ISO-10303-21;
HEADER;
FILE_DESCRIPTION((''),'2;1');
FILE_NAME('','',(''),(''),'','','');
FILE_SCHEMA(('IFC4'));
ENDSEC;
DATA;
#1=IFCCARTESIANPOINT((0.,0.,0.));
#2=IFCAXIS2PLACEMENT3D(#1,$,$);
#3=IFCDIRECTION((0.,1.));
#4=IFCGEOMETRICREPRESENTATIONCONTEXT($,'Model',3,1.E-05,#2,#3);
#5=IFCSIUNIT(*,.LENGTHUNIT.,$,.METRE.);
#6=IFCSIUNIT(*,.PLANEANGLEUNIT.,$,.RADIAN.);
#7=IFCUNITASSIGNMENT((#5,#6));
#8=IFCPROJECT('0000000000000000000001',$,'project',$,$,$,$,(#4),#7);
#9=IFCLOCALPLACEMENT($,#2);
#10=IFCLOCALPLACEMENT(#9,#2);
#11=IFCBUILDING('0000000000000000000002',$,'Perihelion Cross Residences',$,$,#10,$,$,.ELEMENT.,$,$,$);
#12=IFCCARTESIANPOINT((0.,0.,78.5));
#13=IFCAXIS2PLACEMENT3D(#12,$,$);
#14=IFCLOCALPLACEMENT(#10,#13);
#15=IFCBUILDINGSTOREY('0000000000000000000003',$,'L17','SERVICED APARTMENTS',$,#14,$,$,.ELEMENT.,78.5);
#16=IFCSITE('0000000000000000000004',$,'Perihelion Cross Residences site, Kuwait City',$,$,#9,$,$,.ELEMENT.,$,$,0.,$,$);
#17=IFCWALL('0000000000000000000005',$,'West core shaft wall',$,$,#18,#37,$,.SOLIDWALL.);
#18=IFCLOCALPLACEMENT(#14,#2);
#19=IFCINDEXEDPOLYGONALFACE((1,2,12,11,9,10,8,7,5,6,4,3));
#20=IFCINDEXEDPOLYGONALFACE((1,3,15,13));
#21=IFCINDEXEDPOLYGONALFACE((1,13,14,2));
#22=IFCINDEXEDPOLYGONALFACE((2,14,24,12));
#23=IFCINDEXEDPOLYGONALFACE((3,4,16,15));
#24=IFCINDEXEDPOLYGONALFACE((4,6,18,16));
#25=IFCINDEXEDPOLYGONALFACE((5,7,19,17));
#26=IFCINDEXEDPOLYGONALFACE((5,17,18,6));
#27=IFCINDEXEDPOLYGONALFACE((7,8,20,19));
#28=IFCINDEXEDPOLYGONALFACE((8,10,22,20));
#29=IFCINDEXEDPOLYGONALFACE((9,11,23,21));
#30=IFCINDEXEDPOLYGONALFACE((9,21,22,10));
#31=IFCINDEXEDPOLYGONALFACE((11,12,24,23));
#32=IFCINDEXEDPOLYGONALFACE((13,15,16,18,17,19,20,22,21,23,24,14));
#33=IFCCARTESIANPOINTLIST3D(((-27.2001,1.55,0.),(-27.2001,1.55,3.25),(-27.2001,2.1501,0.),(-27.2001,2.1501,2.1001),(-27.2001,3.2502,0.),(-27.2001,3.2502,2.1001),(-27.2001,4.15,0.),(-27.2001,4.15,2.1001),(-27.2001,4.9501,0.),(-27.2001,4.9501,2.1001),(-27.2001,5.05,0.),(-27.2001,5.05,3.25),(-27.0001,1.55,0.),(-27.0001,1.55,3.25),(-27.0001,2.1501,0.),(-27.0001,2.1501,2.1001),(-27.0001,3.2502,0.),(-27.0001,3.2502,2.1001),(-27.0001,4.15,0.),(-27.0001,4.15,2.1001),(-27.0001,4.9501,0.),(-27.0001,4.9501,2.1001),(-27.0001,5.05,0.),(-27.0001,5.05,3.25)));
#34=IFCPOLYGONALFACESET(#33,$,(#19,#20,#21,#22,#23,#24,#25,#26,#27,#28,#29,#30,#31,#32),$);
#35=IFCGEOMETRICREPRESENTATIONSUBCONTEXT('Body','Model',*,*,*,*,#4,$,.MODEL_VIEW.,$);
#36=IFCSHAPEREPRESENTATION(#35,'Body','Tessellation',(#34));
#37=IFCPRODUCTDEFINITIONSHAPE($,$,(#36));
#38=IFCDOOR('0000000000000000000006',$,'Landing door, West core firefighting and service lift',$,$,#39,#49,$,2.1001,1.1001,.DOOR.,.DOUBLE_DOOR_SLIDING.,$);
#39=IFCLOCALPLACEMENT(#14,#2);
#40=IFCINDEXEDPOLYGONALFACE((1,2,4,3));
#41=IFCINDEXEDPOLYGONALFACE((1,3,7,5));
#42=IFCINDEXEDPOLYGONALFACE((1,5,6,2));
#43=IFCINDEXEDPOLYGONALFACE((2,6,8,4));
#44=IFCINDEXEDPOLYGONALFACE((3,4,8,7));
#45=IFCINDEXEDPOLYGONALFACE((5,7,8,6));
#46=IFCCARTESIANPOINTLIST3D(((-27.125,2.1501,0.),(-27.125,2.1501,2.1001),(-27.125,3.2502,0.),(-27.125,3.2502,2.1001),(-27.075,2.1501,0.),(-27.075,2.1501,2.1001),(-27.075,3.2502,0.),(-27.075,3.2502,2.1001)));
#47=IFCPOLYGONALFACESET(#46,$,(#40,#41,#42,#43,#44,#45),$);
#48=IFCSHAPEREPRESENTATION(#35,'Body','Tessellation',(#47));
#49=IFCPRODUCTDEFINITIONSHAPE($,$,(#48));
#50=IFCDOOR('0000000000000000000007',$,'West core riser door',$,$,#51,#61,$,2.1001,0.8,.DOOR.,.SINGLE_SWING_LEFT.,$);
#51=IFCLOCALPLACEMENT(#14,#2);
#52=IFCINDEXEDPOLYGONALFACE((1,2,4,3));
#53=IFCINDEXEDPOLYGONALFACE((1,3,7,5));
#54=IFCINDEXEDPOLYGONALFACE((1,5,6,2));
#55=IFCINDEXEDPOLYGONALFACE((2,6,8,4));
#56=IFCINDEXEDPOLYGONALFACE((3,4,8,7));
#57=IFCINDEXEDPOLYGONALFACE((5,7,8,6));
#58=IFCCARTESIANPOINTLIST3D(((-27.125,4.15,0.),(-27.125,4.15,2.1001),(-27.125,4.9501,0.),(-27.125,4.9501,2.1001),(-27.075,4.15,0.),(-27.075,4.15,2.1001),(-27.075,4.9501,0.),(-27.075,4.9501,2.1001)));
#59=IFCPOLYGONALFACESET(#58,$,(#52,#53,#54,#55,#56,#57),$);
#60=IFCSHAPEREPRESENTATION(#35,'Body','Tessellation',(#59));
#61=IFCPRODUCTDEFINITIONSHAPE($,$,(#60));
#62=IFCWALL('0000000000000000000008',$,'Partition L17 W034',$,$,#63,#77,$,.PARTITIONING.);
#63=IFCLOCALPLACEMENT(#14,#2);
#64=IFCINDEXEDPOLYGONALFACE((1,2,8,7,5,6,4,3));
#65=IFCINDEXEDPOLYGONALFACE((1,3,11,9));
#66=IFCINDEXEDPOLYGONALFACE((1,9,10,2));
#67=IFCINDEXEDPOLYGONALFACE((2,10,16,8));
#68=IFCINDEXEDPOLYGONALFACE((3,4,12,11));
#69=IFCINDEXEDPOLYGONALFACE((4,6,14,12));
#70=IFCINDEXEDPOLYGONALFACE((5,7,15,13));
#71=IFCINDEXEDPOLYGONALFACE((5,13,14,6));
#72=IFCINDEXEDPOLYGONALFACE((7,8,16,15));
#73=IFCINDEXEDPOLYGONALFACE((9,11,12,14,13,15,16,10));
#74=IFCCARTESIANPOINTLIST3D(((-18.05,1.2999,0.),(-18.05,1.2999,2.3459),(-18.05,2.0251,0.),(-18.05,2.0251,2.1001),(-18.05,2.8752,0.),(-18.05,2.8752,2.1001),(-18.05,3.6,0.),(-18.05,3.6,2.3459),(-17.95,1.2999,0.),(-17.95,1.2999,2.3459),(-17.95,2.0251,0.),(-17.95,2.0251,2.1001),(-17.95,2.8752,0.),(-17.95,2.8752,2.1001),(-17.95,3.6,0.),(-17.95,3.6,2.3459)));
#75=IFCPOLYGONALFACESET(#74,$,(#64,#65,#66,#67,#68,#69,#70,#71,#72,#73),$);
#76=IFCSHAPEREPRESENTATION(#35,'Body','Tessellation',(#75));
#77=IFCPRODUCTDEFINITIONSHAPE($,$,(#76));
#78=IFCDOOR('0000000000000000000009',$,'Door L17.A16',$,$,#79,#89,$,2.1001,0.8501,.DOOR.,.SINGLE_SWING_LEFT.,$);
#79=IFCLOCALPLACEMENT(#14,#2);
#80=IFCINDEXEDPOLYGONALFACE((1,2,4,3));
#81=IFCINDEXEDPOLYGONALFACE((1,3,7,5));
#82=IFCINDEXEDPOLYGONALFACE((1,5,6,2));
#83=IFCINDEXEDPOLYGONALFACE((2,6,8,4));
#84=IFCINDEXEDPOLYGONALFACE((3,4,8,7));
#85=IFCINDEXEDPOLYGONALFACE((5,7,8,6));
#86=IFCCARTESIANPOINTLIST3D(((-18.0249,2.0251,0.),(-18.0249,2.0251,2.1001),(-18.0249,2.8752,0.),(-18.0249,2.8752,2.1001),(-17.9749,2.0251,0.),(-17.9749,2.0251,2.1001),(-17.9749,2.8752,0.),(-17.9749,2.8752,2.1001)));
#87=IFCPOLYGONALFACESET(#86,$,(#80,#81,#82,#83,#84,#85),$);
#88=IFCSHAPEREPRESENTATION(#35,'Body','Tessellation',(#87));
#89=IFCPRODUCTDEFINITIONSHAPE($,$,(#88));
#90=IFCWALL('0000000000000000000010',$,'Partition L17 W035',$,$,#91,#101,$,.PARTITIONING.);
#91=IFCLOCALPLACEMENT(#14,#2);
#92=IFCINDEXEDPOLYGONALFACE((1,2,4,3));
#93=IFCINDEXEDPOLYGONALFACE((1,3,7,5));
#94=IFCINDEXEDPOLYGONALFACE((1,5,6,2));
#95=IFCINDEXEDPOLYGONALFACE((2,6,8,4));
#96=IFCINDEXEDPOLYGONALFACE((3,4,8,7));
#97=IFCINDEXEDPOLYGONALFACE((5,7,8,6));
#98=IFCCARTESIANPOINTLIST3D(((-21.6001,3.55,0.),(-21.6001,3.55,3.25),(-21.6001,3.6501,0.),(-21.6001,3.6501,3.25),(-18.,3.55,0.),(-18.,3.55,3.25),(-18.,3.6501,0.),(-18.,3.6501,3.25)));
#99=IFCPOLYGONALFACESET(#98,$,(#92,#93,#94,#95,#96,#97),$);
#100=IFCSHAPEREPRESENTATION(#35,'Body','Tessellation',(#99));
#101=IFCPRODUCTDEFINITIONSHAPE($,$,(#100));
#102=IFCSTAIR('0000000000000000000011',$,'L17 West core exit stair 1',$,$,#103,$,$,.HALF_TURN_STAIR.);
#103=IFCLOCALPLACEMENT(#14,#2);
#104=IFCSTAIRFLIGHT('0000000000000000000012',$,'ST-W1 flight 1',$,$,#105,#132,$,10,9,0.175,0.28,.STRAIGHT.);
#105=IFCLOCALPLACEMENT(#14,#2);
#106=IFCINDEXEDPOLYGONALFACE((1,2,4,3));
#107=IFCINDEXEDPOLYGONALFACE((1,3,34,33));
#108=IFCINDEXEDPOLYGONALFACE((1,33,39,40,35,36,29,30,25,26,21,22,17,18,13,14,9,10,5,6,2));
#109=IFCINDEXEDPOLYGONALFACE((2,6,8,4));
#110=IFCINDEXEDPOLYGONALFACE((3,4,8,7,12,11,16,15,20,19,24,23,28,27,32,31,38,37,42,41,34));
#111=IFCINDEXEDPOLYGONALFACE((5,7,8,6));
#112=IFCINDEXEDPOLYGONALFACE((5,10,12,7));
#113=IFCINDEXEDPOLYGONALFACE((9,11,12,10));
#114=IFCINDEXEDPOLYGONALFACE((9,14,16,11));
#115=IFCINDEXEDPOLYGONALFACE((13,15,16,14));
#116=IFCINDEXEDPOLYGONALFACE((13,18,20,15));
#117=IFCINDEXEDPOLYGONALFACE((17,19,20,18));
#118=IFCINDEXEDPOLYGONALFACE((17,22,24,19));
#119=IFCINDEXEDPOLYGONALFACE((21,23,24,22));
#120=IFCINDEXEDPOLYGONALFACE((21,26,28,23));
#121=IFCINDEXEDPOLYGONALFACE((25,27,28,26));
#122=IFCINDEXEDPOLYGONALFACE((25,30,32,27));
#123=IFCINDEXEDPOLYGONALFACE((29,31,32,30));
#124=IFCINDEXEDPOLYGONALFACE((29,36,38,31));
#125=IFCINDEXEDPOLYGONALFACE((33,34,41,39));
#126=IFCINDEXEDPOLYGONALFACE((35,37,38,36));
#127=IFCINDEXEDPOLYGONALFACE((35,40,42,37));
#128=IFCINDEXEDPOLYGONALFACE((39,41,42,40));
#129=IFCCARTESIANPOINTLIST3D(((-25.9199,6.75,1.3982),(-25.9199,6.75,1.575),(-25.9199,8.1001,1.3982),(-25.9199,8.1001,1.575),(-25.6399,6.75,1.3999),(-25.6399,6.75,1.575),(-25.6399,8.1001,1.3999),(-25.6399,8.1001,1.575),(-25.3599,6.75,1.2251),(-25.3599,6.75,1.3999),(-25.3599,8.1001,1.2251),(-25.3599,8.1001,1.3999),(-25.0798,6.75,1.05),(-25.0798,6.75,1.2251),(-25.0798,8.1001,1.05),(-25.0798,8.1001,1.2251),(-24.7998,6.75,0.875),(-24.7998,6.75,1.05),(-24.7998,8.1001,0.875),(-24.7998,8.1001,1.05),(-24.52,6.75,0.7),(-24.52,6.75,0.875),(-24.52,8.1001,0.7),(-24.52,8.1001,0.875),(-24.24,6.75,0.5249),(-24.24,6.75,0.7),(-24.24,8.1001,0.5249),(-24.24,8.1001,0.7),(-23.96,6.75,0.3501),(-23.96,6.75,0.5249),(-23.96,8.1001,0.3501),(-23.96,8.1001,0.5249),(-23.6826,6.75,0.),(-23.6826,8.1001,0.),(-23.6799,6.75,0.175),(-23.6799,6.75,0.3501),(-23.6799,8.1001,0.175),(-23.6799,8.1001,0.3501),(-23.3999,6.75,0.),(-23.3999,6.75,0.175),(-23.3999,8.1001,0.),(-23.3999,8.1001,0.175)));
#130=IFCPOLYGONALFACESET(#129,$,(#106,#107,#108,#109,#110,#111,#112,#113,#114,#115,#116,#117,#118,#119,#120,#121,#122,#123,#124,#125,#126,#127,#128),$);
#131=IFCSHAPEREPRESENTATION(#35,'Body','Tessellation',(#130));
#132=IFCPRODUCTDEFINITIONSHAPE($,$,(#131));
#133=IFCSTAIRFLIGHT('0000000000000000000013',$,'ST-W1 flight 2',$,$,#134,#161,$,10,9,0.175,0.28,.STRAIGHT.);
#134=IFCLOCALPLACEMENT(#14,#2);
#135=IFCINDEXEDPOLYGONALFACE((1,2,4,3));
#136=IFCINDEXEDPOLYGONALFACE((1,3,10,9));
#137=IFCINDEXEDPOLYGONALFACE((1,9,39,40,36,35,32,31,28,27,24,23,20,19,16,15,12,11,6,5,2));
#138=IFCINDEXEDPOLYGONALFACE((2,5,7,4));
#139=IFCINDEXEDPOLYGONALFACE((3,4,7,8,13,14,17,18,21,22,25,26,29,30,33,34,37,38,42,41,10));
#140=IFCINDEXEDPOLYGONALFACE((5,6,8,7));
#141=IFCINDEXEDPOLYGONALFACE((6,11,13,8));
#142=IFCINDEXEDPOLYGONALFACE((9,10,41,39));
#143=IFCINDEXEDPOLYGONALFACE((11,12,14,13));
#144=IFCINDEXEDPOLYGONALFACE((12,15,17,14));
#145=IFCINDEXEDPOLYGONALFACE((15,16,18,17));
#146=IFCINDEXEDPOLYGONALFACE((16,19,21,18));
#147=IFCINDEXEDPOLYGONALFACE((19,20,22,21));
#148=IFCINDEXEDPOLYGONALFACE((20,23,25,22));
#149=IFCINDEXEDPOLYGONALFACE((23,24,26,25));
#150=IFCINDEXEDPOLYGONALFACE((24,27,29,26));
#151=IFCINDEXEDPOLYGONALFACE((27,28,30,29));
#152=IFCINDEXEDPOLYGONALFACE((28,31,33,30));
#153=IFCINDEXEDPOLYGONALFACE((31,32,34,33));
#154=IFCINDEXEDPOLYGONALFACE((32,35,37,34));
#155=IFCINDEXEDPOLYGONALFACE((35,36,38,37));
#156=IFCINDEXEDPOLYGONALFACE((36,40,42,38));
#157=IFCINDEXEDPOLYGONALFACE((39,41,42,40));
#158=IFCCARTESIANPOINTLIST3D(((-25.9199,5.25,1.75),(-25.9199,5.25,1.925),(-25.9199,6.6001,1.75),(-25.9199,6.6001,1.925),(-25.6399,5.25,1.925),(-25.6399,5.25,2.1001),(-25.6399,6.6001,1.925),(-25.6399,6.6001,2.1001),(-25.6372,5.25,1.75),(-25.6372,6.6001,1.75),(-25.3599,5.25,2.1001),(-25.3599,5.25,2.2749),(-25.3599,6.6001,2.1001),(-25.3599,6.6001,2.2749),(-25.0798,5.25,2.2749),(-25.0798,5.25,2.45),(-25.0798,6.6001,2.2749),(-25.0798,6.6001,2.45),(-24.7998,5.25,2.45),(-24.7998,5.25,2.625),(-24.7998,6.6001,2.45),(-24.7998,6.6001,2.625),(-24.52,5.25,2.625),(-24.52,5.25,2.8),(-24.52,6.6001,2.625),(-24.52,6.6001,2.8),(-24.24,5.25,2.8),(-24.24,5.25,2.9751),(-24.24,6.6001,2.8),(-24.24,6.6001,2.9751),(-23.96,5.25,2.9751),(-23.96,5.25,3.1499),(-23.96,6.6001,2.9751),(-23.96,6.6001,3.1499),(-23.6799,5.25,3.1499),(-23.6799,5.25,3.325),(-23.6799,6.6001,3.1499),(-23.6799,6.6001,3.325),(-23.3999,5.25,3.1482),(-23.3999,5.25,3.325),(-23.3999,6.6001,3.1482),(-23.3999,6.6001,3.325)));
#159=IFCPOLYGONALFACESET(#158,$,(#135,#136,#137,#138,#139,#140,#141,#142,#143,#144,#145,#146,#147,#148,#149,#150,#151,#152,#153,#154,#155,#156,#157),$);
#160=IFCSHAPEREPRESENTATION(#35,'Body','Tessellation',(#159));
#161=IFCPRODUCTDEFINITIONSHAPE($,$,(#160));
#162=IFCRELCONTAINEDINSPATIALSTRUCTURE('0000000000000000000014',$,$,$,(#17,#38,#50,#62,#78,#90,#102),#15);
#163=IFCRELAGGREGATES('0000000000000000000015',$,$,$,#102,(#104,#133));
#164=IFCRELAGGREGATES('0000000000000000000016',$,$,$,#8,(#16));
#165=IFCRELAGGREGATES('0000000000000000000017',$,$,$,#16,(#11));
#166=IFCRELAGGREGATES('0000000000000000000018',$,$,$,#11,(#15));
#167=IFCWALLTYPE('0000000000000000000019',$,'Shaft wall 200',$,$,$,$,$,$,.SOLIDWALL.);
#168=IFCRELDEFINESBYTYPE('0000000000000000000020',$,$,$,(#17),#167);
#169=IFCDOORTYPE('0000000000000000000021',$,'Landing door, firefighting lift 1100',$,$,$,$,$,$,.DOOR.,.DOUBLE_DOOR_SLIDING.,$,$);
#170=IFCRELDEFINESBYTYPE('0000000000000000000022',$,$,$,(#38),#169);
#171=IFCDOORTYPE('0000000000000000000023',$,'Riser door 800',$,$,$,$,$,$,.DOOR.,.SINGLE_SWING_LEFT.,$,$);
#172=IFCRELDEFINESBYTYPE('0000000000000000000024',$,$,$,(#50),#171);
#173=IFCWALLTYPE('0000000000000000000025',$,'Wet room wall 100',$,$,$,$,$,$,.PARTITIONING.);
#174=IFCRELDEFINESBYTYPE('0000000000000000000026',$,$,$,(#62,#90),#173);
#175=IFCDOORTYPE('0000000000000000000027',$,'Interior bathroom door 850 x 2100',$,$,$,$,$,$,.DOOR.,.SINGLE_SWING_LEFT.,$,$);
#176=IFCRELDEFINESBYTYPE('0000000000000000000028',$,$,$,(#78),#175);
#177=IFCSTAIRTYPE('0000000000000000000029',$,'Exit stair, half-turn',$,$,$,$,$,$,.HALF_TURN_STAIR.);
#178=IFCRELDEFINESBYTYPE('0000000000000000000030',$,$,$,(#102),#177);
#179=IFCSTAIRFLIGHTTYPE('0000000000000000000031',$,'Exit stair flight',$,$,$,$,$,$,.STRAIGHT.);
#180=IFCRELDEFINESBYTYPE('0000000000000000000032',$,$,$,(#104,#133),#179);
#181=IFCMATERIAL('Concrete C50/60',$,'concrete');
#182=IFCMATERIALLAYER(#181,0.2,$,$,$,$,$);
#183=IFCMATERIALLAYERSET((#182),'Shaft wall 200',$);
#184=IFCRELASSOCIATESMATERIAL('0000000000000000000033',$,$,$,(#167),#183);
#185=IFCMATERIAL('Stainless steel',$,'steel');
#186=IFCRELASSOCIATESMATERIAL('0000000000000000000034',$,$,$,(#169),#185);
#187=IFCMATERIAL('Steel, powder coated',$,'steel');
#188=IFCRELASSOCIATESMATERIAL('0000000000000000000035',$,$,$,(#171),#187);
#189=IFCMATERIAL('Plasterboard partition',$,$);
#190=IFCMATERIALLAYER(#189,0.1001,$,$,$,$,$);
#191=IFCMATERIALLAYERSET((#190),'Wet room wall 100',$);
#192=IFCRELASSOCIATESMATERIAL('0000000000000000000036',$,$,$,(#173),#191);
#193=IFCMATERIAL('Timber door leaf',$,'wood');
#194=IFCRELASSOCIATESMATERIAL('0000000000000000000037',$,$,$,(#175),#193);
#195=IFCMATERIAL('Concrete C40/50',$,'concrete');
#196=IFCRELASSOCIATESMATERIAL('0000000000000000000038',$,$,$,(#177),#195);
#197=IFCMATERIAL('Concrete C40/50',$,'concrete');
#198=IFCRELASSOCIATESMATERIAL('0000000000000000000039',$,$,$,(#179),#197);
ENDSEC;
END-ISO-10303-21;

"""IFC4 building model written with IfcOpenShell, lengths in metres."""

from ifc_helpers import new_model, si_unit, direction, frame, frame_2d, origin, place, context, subcontext, project, spatial, polyline, rectangle, outline, extrude, material, layer, layer_set, type_object, element, fill, aggregate, save


model = new_model("IFC4")

# Units and contexts
model_context = context("Model", 3, precision=1e-05, world=origin(), true_north=direction((0.0, 1.0)))
body_context = subcontext(model_context, "Body", "Model", "MODEL_VIEW")
ifc_project = project(units=[si_unit("LENGTHUNIT", "METRE"), si_unit("PLANEANGLEUNIT", "RADIAN")], contexts=[model_context])

# Site, building, storey
site_placement = place(None, origin())
site = spatial("IfcSite", under=ifc_project, at=site_placement, Name="Perihelion Cross Residences site, Kuwait City", CompositionType="ELEMENT", RefElevation=0.0)
building_placement = place(site_placement, origin())
building = spatial("IfcBuilding", under=site, at=building_placement, Name="Perihelion Cross Residences", CompositionType="ELEMENT")
storey_placement = place(building_placement, frame((0.0, 0.0, 78.5)))
storey = spatial("IfcBuildingStorey", under=building, at=storey_placement, Name="L17", Description="SERVICED APARTMENTS", CompositionType="ELEMENT", Elevation=78.5)

# Wall, openings, doors
ifc_material_1 = material(Name="Concrete C50/60", Category="concrete")
ifc_layer_1 = layer(ifc_material_1, 0.2)
ifc_layer_set_1 = layer_set([ifc_layer_1], Name="Shaft wall 200")
wall_type_1 = type_object("IfcWallType", Name="Shaft wall 200", PredefinedType="SOLIDWALL", material=ifc_layer_set_1)
wall_1_placement = place(storey_placement, frame((-27.1001, 1.55, 0.0), z_axis=(0.0, 0.0, 1.0), x_axis=(0.0, 1.0, 0.0)))
wall_1 = element("IfcWall", 1, at=wall_1_placement, inside=storey, type_object=wall_type_1, Name="West core shaft wall", PredefinedType="SOLIDWALL", context=body_context, shape_type="SweptSolid", body=[
    extrude(rectangle(XDim=3.5, YDim=0.2, at=frame_2d((1.75, 0.0))), origin(), (0.0, 0.0, 1.0), 3.25),
])
opening_1_placement = place(wall_1_placement, frame((0.6001, 0.0, 0.0)))
opening_1 = element("IfcOpeningElement", 2, at=opening_1_placement, cuts=wall_1, PredefinedType="OPENING", context=body_context, shape_type="SweptSolid", body=[
    extrude(rectangle(XDim=1.1001, YDim=2.1001, at=frame_2d((0.55, 1.05))), frame((0.0, 0.1099, 0.0), z_axis=(0.0, -1.0, 0.0), x_axis=(1.0, 0.0, 0.0)), (0.0, 0.0, 1.0), 0.22),
])
opening_2_placement = place(wall_1_placement, frame((2.6001, 0.0, 0.0)))
opening_2 = element("IfcOpeningElement", 3, at=opening_2_placement, cuts=wall_1, PredefinedType="OPENING", context=body_context, shape_type="SweptSolid", body=[
    extrude(rectangle(XDim=0.8, YDim=2.1001, at=frame_2d((0.3999, 1.05))), frame((0.0, 0.1099, 0.0), z_axis=(0.0, -1.0, 0.0), x_axis=(1.0, 0.0, 0.0)), (0.0, 0.0, 1.0), 0.22),
])
ifc_material_2 = material(Name="Stainless steel", Category="steel")
door_type_1 = type_object("IfcDoorType", Name="Landing door, firefighting lift 1100", OperationType="DOUBLE_DOOR_SLIDING", PredefinedType="DOOR", material=ifc_material_2)
door_1_placement = place(opening_1_placement, origin())
door_1 = element("IfcDoor", 4, at=door_1_placement, inside=storey, type_object=door_type_1, Name="Landing door, West core firefighting and service lift", OperationType="DOUBLE_DOOR_SLIDING", OverallHeight=2.1001, OverallWidth=1.1001, PredefinedType="DOOR", context=body_context, shape_type="SweptSolid", body=[
    extrude(rectangle(XDim=1.1001, YDim=2.1001, at=frame_2d((0.55, 1.05))), frame((0.0, 0.0249, 0.0), z_axis=(0.0, -1.0, 0.0), x_axis=(1.0, 0.0, 0.0)), (0.0, 0.0, 1.0), 0.05),
])
fill(opening_1, door_1)
ifc_material_3 = material(Name="Steel, powder coated", Category="steel")
door_type_2 = type_object("IfcDoorType", Name="Riser door 800", OperationType="SINGLE_SWING_LEFT", PredefinedType="DOOR", material=ifc_material_3)
door_2_placement = place(opening_2_placement, origin())
door_2 = element("IfcDoor", 5, at=door_2_placement, inside=storey, type_object=door_type_2, Name="West core riser door", OperationType="SINGLE_SWING_LEFT", OverallHeight=2.1001, OverallWidth=0.8, PredefinedType="DOOR", context=body_context, shape_type="SweptSolid", body=[
    extrude(rectangle(XDim=0.8, YDim=2.1001, at=frame_2d((0.3999, 1.05))), frame((0.0, 0.0249, 0.0), z_axis=(0.0, -1.0, 0.0), x_axis=(1.0, 0.0, 0.0)), (0.0, 0.0, 1.0), 0.05),
])
fill(opening_2, door_2)

# Wall, opening, door
ifc_material_4 = material(Name="Plasterboard partition")
ifc_layer_2 = layer(ifc_material_4, 0.1001)
ifc_layer_set_2 = layer_set([ifc_layer_2], Name="Wet room wall 100")
wall_type_2 = type_object("IfcWallType", Name="Wet room wall 100", PredefinedType="PARTITIONING", material=ifc_layer_set_2)
wall_2_placement = place(storey_placement, frame((-18.0, 1.3, 0.0), z_axis=(0.0, 0.0, 1.0), x_axis=(0.0, 1.0, 0.0)))
wall_2 = element("IfcWall", 6, at=wall_2_placement, inside=storey, type_object=wall_type_2, Name="Partition L17 W034", PredefinedType="PARTITIONING", context=body_context, shape_type="SweptSolid", body=[
    extrude(rectangle(XDim=2.3, YDim=0.1001, at=frame_2d((1.1499, 0.0))), origin(), (0.0, 0.0, 1.0), 2.3459),
])
opening_3_placement = place(wall_2_placement, frame((0.7251, 0.0, 0.0)))
opening_3 = element("IfcOpeningElement", 7, at=opening_3_placement, cuts=wall_2, PredefinedType="OPENING", context=body_context, shape_type="SweptSolid", body=[
    extrude(rectangle(XDim=0.8501, YDim=2.1001, at=frame_2d((0.425, 1.05))), frame((0.0, 0.0601, 0.0), z_axis=(0.0, -1.0, 0.0), x_axis=(1.0, 0.0, 0.0)), (0.0, 0.0, 1.0), 0.1201),
])
ifc_material_5 = material(Name="Timber door leaf", Category="wood")
door_type_3 = type_object("IfcDoorType", Name="Interior bathroom door 850 x 2100", OperationType="SINGLE_SWING_LEFT", PredefinedType="DOOR", material=ifc_material_5)
door_3_placement = place(opening_3_placement, origin())
door_3 = element("IfcDoor", 8, at=door_3_placement, inside=storey, type_object=door_type_3, Name="Door L17.A16", OperationType="SINGLE_SWING_LEFT", OverallHeight=2.1001, OverallWidth=0.8501, PredefinedType="DOOR", context=body_context, shape_type="SweptSolid", body=[
    extrude(rectangle(XDim=0.8501, YDim=2.1001, at=frame_2d((0.425, 1.05))), frame((0.0, 0.0249, 0.0), z_axis=(0.0, -1.0, 0.0), x_axis=(1.0, 0.0, 0.0)), (0.0, 0.0, 1.0), 0.05),
])
fill(opening_3, door_3)

# Wall
wall_3_placement = place(storey_placement, frame((-21.6001, 3.6001, 0.0), z_axis=(0.0, 0.0, 1.0), x_axis=(1.0, 0.0, 0.0)))
element("IfcWall", 9, at=wall_3_placement, inside=storey, type_object=wall_type_2, Name="Partition L17 W035", PredefinedType="PARTITIONING", context=body_context, shape_type="SweptSolid", body=[
    extrude(rectangle(XDim=3.6001, YDim=0.1001, at=frame_2d((1.8, 0.0))), origin(), (0.0, 0.0, 1.0), 3.25),
])

# Stair, stair flights
ifc_material_6 = material(Name="Concrete C40/50", Category="concrete")
stair_type = type_object("IfcStairType", Name="Exit stair, half-turn", PredefinedType="HALF_TURN_STAIR", material=ifc_material_6)
stair_placement = place(storey_placement, origin())
stair = element("IfcStair", 10, at=stair_placement, inside=storey, type_object=stair_type, Name="L17 West core exit stair 1", PredefinedType="HALF_TURN_STAIR")
ifc_material_7 = material(Name="Concrete C40/50", Category="concrete")
stair_flight_type = type_object("IfcStairFlightType", Name="Exit stair flight", PredefinedType="STRAIGHT", material=ifc_material_7)
stair_flight_1_placement = place(storey_placement, frame((-23.3999, 7.425, 0.0), z_axis=(0.0, 0.0, 1.0), x_axis=(-1.0, 0.0, 0.0)))
stair_flight_1 = element("IfcStairFlight", 11, at=stair_flight_1_placement, type_object=stair_flight_type, Name="ST-W1 flight 1", NumberOfRisers=10, NumberOfTreads=9, PredefinedType="STRAIGHT", RiserHeight=0.175, TreadLength=0.28, context=body_context, shape_type="SweptSolid", body=[
    extrude(outline(polyline([(0.0, 0.0), (0.0, 0.175), (0.28, 0.175), (0.28, 0.3501), (0.5601, 0.3501), (0.5601, 0.5249), (0.8401, 0.5249), (0.8401, 0.7), (1.1201, 0.7), (1.1201, 0.875), (1.3999, 0.875), (1.3999, 1.05), (1.6799, 1.05), (1.6799, 1.2251), (1.96, 1.2251), (1.96, 1.3999), (2.24, 1.3999), (2.24, 1.575), (2.52, 1.575), (2.52, 1.75), (2.52, 1.3982), (0.2827, 0.0), (0.0, 0.0)])), frame((0.0, 0.675, 0.0), z_axis=(0.0, -1.0, 0.0), x_axis=(1.0, 0.0, 0.0)), (0.0, 0.0, 1.0), 1.3501),
])
stair_flight_2_placement = place(storey_placement, frame((-25.9199, 5.925, 1.75), z_axis=(0.0, 0.0, 1.0), x_axis=(1.0, 0.0, 0.0)))
stair_flight_2 = element("IfcStairFlight", 12, at=stair_flight_2_placement, type_object=stair_flight_type, Name="ST-W1 flight 2", NumberOfRisers=10, NumberOfTreads=9, PredefinedType="STRAIGHT", RiserHeight=0.175, TreadLength=0.28, context=body_context, shape_type="SweptSolid", body=[
    extrude(outline(polyline([(0.0, 0.0), (0.0, 0.175), (0.28, 0.175), (0.28, 0.3501), (0.5601, 0.3501), (0.5601, 0.5249), (0.8401, 0.5249), (0.8401, 0.7), (1.1201, 0.7), (1.1201, 0.875), (1.3999, 0.875), (1.3999, 1.05), (1.6799, 1.05), (1.6799, 1.2251), (1.96, 1.2251), (1.96, 1.3999), (2.24, 1.3999), (2.24, 1.575), (2.52, 1.575), (2.52, 1.75), (2.52, 1.3982), (0.2827, 0.0), (0.0, 0.0)])), frame((0.0, 0.675, 0.0), z_axis=(0.0, -1.0, 0.0), x_axis=(1.0, 0.0, 0.0)), (0.0, 0.0, 1.0), 1.3501),
])
aggregate(stair, [stair_flight_1, stair_flight_2])

save(model, "model.ifc")
